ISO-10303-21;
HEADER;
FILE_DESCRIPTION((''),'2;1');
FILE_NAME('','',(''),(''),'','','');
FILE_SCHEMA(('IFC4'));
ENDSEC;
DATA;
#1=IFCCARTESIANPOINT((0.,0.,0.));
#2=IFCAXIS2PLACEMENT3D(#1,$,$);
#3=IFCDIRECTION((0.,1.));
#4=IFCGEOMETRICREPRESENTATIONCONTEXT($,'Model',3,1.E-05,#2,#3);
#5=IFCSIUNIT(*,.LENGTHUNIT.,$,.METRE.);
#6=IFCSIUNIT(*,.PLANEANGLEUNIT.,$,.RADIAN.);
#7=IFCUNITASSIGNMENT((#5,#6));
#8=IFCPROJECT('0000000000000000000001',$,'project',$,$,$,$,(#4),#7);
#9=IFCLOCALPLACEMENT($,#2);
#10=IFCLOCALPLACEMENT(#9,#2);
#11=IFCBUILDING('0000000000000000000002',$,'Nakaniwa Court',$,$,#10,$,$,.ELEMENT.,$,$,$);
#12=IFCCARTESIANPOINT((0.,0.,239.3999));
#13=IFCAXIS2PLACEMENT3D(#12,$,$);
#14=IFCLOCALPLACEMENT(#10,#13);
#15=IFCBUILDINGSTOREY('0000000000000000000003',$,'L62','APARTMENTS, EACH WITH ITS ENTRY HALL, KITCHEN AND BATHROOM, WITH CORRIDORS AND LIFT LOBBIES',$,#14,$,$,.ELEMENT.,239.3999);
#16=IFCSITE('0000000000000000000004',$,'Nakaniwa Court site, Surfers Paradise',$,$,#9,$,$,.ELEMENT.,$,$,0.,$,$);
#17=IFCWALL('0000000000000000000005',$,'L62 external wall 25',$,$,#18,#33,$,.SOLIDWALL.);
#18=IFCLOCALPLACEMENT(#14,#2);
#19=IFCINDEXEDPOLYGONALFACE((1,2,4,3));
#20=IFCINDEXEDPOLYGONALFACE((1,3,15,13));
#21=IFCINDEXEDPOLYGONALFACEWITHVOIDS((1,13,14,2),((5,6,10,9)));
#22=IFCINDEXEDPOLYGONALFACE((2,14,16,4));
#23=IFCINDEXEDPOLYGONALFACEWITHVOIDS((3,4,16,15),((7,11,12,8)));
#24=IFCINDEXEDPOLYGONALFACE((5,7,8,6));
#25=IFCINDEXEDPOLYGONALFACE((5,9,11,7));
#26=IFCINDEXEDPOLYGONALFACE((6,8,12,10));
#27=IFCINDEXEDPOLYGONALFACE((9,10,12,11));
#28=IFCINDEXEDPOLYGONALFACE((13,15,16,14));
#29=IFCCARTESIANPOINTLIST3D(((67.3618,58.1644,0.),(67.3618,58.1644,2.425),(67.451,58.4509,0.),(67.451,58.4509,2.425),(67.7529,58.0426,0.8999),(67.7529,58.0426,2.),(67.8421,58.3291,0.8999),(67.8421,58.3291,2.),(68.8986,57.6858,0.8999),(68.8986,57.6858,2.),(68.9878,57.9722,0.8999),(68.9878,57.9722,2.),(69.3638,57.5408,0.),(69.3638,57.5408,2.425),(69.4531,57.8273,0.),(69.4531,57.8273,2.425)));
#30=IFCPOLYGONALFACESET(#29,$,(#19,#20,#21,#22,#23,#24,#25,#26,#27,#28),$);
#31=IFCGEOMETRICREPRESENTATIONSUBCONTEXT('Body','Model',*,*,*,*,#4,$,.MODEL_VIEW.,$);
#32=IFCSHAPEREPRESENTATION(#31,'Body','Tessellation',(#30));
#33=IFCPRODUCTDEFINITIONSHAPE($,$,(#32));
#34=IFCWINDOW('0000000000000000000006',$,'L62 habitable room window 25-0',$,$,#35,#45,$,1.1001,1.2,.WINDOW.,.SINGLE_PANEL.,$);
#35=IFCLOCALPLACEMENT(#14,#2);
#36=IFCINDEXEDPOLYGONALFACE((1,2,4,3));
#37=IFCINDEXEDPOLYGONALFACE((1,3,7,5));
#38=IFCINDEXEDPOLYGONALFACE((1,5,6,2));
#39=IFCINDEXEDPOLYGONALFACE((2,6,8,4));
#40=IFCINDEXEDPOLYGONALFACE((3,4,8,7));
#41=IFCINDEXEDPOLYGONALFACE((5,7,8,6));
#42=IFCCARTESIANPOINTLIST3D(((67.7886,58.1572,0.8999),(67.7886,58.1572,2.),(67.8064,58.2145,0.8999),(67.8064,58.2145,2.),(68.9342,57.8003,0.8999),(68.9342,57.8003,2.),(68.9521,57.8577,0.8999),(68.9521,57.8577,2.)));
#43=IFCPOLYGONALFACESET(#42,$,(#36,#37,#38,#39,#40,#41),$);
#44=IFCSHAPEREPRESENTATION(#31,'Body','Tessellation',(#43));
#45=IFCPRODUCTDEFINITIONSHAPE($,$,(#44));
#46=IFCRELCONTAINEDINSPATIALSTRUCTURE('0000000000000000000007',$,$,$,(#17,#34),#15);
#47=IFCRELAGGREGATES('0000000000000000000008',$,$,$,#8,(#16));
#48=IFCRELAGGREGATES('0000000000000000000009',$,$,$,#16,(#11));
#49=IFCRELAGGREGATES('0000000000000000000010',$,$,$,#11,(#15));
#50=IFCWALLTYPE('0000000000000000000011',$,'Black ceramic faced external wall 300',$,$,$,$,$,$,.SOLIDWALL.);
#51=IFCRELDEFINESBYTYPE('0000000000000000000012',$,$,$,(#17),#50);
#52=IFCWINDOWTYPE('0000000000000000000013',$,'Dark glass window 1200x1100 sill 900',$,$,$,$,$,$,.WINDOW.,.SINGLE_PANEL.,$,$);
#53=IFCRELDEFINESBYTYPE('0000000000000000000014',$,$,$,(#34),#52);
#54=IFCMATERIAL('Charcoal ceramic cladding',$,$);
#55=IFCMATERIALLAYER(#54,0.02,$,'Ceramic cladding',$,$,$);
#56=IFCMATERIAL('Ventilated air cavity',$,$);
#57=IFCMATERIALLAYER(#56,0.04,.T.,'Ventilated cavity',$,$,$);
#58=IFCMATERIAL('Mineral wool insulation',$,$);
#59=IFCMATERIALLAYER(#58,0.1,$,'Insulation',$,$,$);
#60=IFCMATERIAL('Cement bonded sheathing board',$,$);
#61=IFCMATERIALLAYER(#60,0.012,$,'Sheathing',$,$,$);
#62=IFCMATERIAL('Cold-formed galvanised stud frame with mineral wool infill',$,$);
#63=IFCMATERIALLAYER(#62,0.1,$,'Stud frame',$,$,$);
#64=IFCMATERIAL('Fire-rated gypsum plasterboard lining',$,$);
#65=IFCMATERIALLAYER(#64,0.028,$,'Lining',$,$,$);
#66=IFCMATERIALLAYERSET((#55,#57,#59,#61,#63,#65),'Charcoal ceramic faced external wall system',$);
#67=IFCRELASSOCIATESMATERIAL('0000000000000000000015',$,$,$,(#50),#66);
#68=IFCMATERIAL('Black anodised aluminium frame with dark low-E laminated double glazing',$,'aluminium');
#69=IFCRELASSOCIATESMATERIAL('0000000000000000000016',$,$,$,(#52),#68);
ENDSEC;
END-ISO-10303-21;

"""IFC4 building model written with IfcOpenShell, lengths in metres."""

from ifc_helpers import new_model, si_unit, direction, frame, frame_2d, origin, place, context, subcontext, project, spatial, rectangle, extrude, material, layer, layer_set, type_object, element, fill, save


model = new_model("IFC4")

# Units and contexts
model_context = context("Model", 3, precision=1e-05, world=origin(), true_north=direction((0.0, 1.0)))
body_context = subcontext(model_context, "Body", "Model", "MODEL_VIEW")
ifc_project = project(units=[si_unit("LENGTHUNIT", "METRE"), si_unit("PLANEANGLEUNIT", "RADIAN")], contexts=[model_context])

# Site, building, storey
site_placement = place(None, origin())
site = spatial("IfcSite", under=ifc_project, at=site_placement, Name="Nakaniwa Court site, Surfers Paradise", CompositionType="ELEMENT", RefElevation=0.0)
building_placement = place(site_placement, origin())
building = spatial("IfcBuilding", under=site, at=building_placement, Name="Nakaniwa Court", CompositionType="ELEMENT")
storey_placement = place(building_placement, frame((0.0, 0.0, 239.3999)))
storey = spatial("IfcBuildingStorey", under=building, at=storey_placement, Name="L62", Description="APARTMENTS, EACH WITH ITS ENTRY HALL, KITCHEN AND BATHROOM, WITH CORRIDORS AND LIFT LOBBIES", CompositionType="ELEMENT", Elevation=239.3999)

# Wall, opening, window
ifc_material_1 = material(Name="Charcoal ceramic cladding")
ifc_layer_1 = layer(ifc_material_1, 0.02, Name="Ceramic cladding")
ifc_material_2 = material(Name="Ventilated air cavity")
ifc_layer_2 = layer(ifc_material_2, 0.04, ventilated=True, Name="Ventilated cavity")
ifc_material_3 = material(Name="Mineral wool insulation")
ifc_layer_3 = layer(ifc_material_3, 0.1, Name="Insulation")
ifc_material_4 = material(Name="Cement bonded sheathing board")
ifc_layer_4 = layer(ifc_material_4, 0.012, Name="Sheathing")
ifc_material_5 = material(Name="Cold-formed galvanised stud frame with mineral wool infill")
ifc_layer_5 = layer(ifc_material_5, 0.1, Name="Stud frame")
ifc_material_6 = material(Name="Fire-rated gypsum plasterboard lining")
ifc_layer_6 = layer(ifc_material_6, 0.028, Name="Lining")
ifc_layer_set_1 = layer_set([ifc_layer_1, ifc_layer_2, ifc_layer_3, ifc_layer_4, ifc_layer_5, ifc_layer_6], Name="Charcoal ceramic faced external wall system")
wall_type_1 = type_object("IfcWallType", Name="Black ceramic faced external wall 300", PredefinedType="SOLIDWALL", material=ifc_layer_set_1)
ifc_material_7 = material(Name="Black anodised aluminium frame with dark low-E laminated double glazing", Category="aluminium")
window_type_1 = type_object("IfcWindowType", Name="Dark glass window 1200x1100 sill 900", PartitioningType="SINGLE_PANEL", PredefinedType="WINDOW", material=ifc_material_7)
wall_1_placement = place(storey_placement, frame((67.4065, 58.3076, 0.0), z_axis=(0.0, 0.0, 1.0), x_axis=(0.954761, -0.297373, 0.0)))
wall_1 = element("IfcWall", 1, at=wall_1_placement, inside=storey, type_object=wall_type_1, Name="L62 external wall 25", PredefinedType="SOLIDWALL", context=body_context, shape_type="SweptSolid", body=[
    extrude(rectangle(XDim=2.0969, YDim=0.3, at=frame_2d((1.0483, 0.0))), origin(), (0.0, 0.0, 1.0), 2.425),
])
opening_1_placement = place(wall_1_placement, frame((0.4094, 0.0, 0.8999)))
opening_1 = element("IfcOpeningElement", 2, at=opening_1_placement, cuts=wall_1, PredefinedType="OPENING", context=body_context, shape_type="SweptSolid", body=[
    extrude(rectangle(XDim=1.2, YDim=1.1001, at=frame_2d((0.6001, 0.55))), frame((0.0, 0.1599, 0.0), z_axis=(0.0, -1.0, 0.0), x_axis=(1.0, 0.0, 0.0)), (0.0, 0.0, 1.0), 0.3201),
])
window_1_placement = place(opening_1_placement, origin())
window_1 = element("IfcWindow", 3, at=window_1_placement, inside=storey, type_object=window_type_1, Name="L62 habitable room window 25-0", OverallHeight=1.1001, OverallWidth=1.2, PartitioningType="SINGLE_PANEL", PredefinedType="WINDOW", context=body_context, shape_type="SweptSolid", body=[
    extrude(rectangle(XDim=1.2, YDim=1.1001, at=frame_2d((0.6001, 0.55))), frame((0.0, 0.03, 0.0), z_axis=(0.0, -1.0, 0.0), x_axis=(1.0, 0.0, 0.0)), (0.0, 0.0, 1.0), 0.0601),
])
fill(opening_1, window_1)

save(model, "model.ifc")
